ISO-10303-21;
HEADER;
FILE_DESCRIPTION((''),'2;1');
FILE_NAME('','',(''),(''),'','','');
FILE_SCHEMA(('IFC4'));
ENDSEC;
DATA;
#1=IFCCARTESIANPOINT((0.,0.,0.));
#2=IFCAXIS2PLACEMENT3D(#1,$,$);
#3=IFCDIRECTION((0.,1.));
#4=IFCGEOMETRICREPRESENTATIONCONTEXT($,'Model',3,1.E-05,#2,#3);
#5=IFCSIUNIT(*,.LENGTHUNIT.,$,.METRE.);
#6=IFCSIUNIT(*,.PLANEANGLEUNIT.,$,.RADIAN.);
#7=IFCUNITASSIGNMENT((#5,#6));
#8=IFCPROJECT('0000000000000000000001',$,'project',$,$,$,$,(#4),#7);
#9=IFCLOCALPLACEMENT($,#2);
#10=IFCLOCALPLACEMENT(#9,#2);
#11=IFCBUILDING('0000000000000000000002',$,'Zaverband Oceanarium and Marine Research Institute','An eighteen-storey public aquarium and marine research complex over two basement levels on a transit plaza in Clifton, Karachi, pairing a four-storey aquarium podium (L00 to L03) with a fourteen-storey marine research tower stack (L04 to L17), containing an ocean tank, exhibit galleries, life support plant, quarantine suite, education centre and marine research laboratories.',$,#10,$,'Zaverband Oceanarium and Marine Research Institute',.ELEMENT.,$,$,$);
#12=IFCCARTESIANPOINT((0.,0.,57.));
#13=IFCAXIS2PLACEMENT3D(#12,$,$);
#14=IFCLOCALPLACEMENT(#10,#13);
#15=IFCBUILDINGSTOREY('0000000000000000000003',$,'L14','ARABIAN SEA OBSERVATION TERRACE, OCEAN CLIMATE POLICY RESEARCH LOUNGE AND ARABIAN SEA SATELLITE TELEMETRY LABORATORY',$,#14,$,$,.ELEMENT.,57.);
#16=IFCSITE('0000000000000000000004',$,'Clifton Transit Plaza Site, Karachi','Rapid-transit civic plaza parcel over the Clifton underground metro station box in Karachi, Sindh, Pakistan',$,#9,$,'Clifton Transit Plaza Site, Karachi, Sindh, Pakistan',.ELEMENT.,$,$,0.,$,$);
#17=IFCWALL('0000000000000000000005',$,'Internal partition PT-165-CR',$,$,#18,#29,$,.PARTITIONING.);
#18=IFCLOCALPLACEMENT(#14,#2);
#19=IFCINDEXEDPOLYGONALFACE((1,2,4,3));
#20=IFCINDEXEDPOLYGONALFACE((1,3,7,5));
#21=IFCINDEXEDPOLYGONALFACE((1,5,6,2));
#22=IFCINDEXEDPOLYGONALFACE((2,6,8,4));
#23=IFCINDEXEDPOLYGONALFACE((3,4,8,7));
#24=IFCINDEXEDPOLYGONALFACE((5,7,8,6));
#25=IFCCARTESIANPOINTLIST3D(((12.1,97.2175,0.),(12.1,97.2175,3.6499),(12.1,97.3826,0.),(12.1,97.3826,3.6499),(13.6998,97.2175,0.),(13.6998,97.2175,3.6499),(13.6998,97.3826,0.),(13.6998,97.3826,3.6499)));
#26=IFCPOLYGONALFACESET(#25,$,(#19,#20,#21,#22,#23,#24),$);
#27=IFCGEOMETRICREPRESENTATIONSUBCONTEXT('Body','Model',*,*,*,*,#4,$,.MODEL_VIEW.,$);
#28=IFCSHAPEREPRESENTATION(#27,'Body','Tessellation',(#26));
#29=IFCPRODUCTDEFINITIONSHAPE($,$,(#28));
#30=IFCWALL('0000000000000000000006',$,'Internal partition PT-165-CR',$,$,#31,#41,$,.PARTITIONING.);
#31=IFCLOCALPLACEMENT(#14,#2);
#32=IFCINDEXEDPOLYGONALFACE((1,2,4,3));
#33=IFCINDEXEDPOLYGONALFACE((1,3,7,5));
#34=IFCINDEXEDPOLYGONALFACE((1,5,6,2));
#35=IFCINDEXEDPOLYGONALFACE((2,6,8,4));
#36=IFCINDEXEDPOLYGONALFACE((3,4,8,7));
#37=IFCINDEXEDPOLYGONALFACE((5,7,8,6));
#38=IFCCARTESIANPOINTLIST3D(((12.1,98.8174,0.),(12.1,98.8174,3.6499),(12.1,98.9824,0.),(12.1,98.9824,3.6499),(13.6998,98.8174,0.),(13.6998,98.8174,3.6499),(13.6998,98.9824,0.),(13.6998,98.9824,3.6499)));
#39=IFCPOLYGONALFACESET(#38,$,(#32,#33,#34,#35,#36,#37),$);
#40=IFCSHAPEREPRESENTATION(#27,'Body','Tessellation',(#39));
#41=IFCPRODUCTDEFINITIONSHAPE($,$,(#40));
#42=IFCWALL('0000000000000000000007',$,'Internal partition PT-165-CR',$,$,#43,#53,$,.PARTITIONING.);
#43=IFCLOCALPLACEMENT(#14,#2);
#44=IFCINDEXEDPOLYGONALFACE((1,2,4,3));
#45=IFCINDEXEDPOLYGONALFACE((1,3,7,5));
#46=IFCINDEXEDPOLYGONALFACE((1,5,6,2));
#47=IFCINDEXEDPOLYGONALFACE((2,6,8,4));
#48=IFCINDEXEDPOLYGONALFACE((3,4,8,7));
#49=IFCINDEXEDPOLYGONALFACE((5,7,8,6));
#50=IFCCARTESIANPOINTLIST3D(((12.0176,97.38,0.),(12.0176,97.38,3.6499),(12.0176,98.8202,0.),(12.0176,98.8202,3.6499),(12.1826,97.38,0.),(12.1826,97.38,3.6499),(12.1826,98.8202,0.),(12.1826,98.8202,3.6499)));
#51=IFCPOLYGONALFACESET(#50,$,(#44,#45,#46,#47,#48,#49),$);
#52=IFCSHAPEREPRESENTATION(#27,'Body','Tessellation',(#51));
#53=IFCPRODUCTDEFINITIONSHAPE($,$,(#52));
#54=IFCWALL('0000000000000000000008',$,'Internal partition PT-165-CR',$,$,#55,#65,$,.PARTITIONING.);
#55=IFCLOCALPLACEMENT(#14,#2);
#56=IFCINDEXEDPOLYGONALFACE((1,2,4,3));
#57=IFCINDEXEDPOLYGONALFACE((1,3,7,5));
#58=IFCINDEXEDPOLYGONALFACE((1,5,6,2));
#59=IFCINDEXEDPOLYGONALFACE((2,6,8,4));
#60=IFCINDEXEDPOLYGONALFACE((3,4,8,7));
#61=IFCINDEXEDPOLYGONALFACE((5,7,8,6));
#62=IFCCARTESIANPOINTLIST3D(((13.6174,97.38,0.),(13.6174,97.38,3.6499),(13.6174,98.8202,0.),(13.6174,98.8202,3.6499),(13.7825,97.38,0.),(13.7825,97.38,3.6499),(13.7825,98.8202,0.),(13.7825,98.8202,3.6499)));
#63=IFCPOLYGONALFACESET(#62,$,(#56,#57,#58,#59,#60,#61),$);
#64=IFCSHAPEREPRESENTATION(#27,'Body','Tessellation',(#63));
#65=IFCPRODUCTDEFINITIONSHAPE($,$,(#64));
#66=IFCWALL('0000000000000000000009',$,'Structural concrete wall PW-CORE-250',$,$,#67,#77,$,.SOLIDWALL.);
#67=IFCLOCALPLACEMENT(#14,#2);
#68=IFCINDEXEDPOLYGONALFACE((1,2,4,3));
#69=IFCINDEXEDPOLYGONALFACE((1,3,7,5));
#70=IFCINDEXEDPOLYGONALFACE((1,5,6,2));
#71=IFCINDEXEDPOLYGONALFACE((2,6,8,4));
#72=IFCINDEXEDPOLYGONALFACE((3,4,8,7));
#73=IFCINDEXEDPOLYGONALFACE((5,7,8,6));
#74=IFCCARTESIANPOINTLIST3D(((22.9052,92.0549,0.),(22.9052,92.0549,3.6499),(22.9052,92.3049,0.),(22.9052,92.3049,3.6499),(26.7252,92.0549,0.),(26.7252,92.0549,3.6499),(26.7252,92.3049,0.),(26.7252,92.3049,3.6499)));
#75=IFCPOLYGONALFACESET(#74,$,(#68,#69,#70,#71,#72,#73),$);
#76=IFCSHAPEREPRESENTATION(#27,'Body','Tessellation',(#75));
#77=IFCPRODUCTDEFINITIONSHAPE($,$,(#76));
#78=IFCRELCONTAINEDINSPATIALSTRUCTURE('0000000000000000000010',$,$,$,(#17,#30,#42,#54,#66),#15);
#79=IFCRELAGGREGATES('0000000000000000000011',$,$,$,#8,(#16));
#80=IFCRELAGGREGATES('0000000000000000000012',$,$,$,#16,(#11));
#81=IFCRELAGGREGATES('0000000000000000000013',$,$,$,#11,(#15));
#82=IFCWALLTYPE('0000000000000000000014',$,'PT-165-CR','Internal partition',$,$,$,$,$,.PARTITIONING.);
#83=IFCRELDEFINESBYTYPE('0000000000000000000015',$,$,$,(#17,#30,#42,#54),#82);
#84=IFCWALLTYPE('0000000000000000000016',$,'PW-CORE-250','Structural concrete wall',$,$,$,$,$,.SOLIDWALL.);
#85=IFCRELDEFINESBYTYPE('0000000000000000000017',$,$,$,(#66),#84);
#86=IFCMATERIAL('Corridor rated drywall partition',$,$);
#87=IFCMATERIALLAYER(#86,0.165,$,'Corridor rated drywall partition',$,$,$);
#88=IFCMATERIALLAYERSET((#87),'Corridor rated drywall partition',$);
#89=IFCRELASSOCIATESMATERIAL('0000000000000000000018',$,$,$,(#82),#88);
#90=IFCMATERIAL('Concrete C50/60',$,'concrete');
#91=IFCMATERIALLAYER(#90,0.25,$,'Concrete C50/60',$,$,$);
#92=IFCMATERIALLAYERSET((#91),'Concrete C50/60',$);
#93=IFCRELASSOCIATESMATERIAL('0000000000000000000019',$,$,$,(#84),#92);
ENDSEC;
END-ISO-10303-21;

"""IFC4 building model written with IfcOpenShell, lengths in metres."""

from ifc_helpers import new_model, si_unit, direction, frame, frame_2d, origin, place, context, subcontext, project, spatial, rectangle, extrude, material, layer, layer_set, type_object, element, save


model = new_model("IFC4")

# Units and contexts
model_context = context("Model", 3, precision=1e-05, world=origin(), true_north=direction((0.0, 1.0)))
body_context = subcontext(model_context, "Body", "Model", "MODEL_VIEW")
ifc_project = project(units=[si_unit("LENGTHUNIT", "METRE"), si_unit("PLANEANGLEUNIT", "RADIAN")], contexts=[model_context])

# Site, building, storey
site_placement = place(None, origin())
site = spatial("IfcSite", under=ifc_project, at=site_placement, Name="Clifton Transit Plaza Site, Karachi", Description="Rapid-transit civic plaza parcel over the Clifton underground metro station box in Karachi, Sindh, Pakistan", LongName="Clifton Transit Plaza Site, Karachi, Sindh, Pakistan", CompositionType="ELEMENT", RefElevation=0.0)
building_placement = place(site_placement, origin())
building = spatial("IfcBuilding", under=site, at=building_placement, Name="Zaverband Oceanarium and Marine Research Institute", Description="An eighteen-storey public aquarium and marine research complex over two basement levels on a transit plaza in Clifton, Karachi, pairing a four-storey aquarium podium (L00 to L03) with a fourteen-storey marine research tower stack (L04 to L17), containing an ocean tank, exhibit galleries, life support plant, quarantine suite, education centre and marine research laboratories.", LongName="Zaverband Oceanarium and Marine Research Institute", CompositionType="ELEMENT")
storey_placement = place(building_placement, frame((0.0, 0.0, 57.0)))
storey = spatial("IfcBuildingStorey", under=building, at=storey_placement, Name="L14", Description="ARABIAN SEA OBSERVATION TERRACE, OCEAN CLIMATE POLICY RESEARCH LOUNGE AND ARABIAN SEA SATELLITE TELEMETRY LABORATORY", CompositionType="ELEMENT", Elevation=57.0)

# Shared definitions
ifc_material_1 = material(Name="Concrete C50/60", Category="concrete")

# Walls
ifc_material_2 = material(Name="Corridor rated drywall partition")
ifc_layer_1 = layer(ifc_material_2, 0.165, Name="Corridor rated drywall partition")
ifc_layer_set_1 = layer_set([ifc_layer_1], Name="Corridor rated drywall partition")
wall_type_1 = type_object("IfcWallType", Name="PT-165-CR", Description="Internal partition", PredefinedType="PARTITIONING", material=ifc_layer_set_1)
for number, where, z_axis, x_axis, name in (
    (1, (12.1001, 97.3, 0.0), (0.0, 0.0, 1.0), (1.0, 0.0, 0.0), "Internal partition PT-165-CR"),
    (2, (12.1001, 98.8999, 0.0), (0.0, 0.0, 1.0), (1.0, 0.0, 0.0), "Internal partition PT-165-CR"),
):
    element("IfcWall", number, at=place(storey_placement, frame(where, z_axis=z_axis, x_axis=x_axis)), inside=storey, type_object=wall_type_1, Name=name, PredefinedType="PARTITIONING", context=body_context, shape_type="SweptSolid", body=[
        extrude(rectangle(XDim=1.5999, YDim=0.165, at=frame_2d((0.7998, 0.0))), origin(), (0.0, 0.0, 1.0), 3.6499),
    ])
for number, where, z_axis, x_axis, name in (
    (3, (12.1001, 97.3799, 0.0), (0.0, 0.0, 1.0), (0.0, 1.0, 0.0), "Internal partition PT-165-CR"),
    (4, (13.7, 97.3799, 0.0), (0.0, 0.0, 1.0), (0.0, 1.0, 0.0), "Internal partition PT-165-CR"),
):
    element("IfcWall", number, at=place(storey_placement, frame(where, z_axis=z_axis, x_axis=x_axis)), inside=storey, type_object=wall_type_1, Name=name, PredefinedType="PARTITIONING", context=body_context, shape_type="SweptSolid", body=[
        extrude(rectangle(XDim=1.4402, YDim=0.165, at=frame_2d((0.7202, 0.0))), origin(), (0.0, 0.0, 1.0), 3.6499),
    ])
ifc_layer_2 = layer(ifc_material_1, 0.25, Name="Concrete C50/60")
ifc_layer_set_2 = layer_set([ifc_layer_2], Name="Concrete C50/60")
wall_type_2 = type_object("IfcWallType", Name="PW-CORE-250", Description="Structural concrete wall", PredefinedType="SOLIDWALL", material=ifc_layer_set_2)
wall_1_placement = place(storey_placement, frame((22.905, 92.1799, 0.0), z_axis=(0.0, 0.0, 1.0), x_axis=(1.0, 0.0, 0.0)))
element("IfcWall", 5, at=wall_1_placement, inside=storey, type_object=wall_type_2, Name="Structural concrete wall PW-CORE-250", PredefinedType="SOLIDWALL", context=body_context, shape_type="SweptSolid", body=[
    extrude(rectangle(XDim=3.8201, YDim=0.25, at=frame_2d((1.9102, 0.0))), origin(), (0.0, 0.0, 1.0), 3.6499),
])

save(model, "model.ifc")
